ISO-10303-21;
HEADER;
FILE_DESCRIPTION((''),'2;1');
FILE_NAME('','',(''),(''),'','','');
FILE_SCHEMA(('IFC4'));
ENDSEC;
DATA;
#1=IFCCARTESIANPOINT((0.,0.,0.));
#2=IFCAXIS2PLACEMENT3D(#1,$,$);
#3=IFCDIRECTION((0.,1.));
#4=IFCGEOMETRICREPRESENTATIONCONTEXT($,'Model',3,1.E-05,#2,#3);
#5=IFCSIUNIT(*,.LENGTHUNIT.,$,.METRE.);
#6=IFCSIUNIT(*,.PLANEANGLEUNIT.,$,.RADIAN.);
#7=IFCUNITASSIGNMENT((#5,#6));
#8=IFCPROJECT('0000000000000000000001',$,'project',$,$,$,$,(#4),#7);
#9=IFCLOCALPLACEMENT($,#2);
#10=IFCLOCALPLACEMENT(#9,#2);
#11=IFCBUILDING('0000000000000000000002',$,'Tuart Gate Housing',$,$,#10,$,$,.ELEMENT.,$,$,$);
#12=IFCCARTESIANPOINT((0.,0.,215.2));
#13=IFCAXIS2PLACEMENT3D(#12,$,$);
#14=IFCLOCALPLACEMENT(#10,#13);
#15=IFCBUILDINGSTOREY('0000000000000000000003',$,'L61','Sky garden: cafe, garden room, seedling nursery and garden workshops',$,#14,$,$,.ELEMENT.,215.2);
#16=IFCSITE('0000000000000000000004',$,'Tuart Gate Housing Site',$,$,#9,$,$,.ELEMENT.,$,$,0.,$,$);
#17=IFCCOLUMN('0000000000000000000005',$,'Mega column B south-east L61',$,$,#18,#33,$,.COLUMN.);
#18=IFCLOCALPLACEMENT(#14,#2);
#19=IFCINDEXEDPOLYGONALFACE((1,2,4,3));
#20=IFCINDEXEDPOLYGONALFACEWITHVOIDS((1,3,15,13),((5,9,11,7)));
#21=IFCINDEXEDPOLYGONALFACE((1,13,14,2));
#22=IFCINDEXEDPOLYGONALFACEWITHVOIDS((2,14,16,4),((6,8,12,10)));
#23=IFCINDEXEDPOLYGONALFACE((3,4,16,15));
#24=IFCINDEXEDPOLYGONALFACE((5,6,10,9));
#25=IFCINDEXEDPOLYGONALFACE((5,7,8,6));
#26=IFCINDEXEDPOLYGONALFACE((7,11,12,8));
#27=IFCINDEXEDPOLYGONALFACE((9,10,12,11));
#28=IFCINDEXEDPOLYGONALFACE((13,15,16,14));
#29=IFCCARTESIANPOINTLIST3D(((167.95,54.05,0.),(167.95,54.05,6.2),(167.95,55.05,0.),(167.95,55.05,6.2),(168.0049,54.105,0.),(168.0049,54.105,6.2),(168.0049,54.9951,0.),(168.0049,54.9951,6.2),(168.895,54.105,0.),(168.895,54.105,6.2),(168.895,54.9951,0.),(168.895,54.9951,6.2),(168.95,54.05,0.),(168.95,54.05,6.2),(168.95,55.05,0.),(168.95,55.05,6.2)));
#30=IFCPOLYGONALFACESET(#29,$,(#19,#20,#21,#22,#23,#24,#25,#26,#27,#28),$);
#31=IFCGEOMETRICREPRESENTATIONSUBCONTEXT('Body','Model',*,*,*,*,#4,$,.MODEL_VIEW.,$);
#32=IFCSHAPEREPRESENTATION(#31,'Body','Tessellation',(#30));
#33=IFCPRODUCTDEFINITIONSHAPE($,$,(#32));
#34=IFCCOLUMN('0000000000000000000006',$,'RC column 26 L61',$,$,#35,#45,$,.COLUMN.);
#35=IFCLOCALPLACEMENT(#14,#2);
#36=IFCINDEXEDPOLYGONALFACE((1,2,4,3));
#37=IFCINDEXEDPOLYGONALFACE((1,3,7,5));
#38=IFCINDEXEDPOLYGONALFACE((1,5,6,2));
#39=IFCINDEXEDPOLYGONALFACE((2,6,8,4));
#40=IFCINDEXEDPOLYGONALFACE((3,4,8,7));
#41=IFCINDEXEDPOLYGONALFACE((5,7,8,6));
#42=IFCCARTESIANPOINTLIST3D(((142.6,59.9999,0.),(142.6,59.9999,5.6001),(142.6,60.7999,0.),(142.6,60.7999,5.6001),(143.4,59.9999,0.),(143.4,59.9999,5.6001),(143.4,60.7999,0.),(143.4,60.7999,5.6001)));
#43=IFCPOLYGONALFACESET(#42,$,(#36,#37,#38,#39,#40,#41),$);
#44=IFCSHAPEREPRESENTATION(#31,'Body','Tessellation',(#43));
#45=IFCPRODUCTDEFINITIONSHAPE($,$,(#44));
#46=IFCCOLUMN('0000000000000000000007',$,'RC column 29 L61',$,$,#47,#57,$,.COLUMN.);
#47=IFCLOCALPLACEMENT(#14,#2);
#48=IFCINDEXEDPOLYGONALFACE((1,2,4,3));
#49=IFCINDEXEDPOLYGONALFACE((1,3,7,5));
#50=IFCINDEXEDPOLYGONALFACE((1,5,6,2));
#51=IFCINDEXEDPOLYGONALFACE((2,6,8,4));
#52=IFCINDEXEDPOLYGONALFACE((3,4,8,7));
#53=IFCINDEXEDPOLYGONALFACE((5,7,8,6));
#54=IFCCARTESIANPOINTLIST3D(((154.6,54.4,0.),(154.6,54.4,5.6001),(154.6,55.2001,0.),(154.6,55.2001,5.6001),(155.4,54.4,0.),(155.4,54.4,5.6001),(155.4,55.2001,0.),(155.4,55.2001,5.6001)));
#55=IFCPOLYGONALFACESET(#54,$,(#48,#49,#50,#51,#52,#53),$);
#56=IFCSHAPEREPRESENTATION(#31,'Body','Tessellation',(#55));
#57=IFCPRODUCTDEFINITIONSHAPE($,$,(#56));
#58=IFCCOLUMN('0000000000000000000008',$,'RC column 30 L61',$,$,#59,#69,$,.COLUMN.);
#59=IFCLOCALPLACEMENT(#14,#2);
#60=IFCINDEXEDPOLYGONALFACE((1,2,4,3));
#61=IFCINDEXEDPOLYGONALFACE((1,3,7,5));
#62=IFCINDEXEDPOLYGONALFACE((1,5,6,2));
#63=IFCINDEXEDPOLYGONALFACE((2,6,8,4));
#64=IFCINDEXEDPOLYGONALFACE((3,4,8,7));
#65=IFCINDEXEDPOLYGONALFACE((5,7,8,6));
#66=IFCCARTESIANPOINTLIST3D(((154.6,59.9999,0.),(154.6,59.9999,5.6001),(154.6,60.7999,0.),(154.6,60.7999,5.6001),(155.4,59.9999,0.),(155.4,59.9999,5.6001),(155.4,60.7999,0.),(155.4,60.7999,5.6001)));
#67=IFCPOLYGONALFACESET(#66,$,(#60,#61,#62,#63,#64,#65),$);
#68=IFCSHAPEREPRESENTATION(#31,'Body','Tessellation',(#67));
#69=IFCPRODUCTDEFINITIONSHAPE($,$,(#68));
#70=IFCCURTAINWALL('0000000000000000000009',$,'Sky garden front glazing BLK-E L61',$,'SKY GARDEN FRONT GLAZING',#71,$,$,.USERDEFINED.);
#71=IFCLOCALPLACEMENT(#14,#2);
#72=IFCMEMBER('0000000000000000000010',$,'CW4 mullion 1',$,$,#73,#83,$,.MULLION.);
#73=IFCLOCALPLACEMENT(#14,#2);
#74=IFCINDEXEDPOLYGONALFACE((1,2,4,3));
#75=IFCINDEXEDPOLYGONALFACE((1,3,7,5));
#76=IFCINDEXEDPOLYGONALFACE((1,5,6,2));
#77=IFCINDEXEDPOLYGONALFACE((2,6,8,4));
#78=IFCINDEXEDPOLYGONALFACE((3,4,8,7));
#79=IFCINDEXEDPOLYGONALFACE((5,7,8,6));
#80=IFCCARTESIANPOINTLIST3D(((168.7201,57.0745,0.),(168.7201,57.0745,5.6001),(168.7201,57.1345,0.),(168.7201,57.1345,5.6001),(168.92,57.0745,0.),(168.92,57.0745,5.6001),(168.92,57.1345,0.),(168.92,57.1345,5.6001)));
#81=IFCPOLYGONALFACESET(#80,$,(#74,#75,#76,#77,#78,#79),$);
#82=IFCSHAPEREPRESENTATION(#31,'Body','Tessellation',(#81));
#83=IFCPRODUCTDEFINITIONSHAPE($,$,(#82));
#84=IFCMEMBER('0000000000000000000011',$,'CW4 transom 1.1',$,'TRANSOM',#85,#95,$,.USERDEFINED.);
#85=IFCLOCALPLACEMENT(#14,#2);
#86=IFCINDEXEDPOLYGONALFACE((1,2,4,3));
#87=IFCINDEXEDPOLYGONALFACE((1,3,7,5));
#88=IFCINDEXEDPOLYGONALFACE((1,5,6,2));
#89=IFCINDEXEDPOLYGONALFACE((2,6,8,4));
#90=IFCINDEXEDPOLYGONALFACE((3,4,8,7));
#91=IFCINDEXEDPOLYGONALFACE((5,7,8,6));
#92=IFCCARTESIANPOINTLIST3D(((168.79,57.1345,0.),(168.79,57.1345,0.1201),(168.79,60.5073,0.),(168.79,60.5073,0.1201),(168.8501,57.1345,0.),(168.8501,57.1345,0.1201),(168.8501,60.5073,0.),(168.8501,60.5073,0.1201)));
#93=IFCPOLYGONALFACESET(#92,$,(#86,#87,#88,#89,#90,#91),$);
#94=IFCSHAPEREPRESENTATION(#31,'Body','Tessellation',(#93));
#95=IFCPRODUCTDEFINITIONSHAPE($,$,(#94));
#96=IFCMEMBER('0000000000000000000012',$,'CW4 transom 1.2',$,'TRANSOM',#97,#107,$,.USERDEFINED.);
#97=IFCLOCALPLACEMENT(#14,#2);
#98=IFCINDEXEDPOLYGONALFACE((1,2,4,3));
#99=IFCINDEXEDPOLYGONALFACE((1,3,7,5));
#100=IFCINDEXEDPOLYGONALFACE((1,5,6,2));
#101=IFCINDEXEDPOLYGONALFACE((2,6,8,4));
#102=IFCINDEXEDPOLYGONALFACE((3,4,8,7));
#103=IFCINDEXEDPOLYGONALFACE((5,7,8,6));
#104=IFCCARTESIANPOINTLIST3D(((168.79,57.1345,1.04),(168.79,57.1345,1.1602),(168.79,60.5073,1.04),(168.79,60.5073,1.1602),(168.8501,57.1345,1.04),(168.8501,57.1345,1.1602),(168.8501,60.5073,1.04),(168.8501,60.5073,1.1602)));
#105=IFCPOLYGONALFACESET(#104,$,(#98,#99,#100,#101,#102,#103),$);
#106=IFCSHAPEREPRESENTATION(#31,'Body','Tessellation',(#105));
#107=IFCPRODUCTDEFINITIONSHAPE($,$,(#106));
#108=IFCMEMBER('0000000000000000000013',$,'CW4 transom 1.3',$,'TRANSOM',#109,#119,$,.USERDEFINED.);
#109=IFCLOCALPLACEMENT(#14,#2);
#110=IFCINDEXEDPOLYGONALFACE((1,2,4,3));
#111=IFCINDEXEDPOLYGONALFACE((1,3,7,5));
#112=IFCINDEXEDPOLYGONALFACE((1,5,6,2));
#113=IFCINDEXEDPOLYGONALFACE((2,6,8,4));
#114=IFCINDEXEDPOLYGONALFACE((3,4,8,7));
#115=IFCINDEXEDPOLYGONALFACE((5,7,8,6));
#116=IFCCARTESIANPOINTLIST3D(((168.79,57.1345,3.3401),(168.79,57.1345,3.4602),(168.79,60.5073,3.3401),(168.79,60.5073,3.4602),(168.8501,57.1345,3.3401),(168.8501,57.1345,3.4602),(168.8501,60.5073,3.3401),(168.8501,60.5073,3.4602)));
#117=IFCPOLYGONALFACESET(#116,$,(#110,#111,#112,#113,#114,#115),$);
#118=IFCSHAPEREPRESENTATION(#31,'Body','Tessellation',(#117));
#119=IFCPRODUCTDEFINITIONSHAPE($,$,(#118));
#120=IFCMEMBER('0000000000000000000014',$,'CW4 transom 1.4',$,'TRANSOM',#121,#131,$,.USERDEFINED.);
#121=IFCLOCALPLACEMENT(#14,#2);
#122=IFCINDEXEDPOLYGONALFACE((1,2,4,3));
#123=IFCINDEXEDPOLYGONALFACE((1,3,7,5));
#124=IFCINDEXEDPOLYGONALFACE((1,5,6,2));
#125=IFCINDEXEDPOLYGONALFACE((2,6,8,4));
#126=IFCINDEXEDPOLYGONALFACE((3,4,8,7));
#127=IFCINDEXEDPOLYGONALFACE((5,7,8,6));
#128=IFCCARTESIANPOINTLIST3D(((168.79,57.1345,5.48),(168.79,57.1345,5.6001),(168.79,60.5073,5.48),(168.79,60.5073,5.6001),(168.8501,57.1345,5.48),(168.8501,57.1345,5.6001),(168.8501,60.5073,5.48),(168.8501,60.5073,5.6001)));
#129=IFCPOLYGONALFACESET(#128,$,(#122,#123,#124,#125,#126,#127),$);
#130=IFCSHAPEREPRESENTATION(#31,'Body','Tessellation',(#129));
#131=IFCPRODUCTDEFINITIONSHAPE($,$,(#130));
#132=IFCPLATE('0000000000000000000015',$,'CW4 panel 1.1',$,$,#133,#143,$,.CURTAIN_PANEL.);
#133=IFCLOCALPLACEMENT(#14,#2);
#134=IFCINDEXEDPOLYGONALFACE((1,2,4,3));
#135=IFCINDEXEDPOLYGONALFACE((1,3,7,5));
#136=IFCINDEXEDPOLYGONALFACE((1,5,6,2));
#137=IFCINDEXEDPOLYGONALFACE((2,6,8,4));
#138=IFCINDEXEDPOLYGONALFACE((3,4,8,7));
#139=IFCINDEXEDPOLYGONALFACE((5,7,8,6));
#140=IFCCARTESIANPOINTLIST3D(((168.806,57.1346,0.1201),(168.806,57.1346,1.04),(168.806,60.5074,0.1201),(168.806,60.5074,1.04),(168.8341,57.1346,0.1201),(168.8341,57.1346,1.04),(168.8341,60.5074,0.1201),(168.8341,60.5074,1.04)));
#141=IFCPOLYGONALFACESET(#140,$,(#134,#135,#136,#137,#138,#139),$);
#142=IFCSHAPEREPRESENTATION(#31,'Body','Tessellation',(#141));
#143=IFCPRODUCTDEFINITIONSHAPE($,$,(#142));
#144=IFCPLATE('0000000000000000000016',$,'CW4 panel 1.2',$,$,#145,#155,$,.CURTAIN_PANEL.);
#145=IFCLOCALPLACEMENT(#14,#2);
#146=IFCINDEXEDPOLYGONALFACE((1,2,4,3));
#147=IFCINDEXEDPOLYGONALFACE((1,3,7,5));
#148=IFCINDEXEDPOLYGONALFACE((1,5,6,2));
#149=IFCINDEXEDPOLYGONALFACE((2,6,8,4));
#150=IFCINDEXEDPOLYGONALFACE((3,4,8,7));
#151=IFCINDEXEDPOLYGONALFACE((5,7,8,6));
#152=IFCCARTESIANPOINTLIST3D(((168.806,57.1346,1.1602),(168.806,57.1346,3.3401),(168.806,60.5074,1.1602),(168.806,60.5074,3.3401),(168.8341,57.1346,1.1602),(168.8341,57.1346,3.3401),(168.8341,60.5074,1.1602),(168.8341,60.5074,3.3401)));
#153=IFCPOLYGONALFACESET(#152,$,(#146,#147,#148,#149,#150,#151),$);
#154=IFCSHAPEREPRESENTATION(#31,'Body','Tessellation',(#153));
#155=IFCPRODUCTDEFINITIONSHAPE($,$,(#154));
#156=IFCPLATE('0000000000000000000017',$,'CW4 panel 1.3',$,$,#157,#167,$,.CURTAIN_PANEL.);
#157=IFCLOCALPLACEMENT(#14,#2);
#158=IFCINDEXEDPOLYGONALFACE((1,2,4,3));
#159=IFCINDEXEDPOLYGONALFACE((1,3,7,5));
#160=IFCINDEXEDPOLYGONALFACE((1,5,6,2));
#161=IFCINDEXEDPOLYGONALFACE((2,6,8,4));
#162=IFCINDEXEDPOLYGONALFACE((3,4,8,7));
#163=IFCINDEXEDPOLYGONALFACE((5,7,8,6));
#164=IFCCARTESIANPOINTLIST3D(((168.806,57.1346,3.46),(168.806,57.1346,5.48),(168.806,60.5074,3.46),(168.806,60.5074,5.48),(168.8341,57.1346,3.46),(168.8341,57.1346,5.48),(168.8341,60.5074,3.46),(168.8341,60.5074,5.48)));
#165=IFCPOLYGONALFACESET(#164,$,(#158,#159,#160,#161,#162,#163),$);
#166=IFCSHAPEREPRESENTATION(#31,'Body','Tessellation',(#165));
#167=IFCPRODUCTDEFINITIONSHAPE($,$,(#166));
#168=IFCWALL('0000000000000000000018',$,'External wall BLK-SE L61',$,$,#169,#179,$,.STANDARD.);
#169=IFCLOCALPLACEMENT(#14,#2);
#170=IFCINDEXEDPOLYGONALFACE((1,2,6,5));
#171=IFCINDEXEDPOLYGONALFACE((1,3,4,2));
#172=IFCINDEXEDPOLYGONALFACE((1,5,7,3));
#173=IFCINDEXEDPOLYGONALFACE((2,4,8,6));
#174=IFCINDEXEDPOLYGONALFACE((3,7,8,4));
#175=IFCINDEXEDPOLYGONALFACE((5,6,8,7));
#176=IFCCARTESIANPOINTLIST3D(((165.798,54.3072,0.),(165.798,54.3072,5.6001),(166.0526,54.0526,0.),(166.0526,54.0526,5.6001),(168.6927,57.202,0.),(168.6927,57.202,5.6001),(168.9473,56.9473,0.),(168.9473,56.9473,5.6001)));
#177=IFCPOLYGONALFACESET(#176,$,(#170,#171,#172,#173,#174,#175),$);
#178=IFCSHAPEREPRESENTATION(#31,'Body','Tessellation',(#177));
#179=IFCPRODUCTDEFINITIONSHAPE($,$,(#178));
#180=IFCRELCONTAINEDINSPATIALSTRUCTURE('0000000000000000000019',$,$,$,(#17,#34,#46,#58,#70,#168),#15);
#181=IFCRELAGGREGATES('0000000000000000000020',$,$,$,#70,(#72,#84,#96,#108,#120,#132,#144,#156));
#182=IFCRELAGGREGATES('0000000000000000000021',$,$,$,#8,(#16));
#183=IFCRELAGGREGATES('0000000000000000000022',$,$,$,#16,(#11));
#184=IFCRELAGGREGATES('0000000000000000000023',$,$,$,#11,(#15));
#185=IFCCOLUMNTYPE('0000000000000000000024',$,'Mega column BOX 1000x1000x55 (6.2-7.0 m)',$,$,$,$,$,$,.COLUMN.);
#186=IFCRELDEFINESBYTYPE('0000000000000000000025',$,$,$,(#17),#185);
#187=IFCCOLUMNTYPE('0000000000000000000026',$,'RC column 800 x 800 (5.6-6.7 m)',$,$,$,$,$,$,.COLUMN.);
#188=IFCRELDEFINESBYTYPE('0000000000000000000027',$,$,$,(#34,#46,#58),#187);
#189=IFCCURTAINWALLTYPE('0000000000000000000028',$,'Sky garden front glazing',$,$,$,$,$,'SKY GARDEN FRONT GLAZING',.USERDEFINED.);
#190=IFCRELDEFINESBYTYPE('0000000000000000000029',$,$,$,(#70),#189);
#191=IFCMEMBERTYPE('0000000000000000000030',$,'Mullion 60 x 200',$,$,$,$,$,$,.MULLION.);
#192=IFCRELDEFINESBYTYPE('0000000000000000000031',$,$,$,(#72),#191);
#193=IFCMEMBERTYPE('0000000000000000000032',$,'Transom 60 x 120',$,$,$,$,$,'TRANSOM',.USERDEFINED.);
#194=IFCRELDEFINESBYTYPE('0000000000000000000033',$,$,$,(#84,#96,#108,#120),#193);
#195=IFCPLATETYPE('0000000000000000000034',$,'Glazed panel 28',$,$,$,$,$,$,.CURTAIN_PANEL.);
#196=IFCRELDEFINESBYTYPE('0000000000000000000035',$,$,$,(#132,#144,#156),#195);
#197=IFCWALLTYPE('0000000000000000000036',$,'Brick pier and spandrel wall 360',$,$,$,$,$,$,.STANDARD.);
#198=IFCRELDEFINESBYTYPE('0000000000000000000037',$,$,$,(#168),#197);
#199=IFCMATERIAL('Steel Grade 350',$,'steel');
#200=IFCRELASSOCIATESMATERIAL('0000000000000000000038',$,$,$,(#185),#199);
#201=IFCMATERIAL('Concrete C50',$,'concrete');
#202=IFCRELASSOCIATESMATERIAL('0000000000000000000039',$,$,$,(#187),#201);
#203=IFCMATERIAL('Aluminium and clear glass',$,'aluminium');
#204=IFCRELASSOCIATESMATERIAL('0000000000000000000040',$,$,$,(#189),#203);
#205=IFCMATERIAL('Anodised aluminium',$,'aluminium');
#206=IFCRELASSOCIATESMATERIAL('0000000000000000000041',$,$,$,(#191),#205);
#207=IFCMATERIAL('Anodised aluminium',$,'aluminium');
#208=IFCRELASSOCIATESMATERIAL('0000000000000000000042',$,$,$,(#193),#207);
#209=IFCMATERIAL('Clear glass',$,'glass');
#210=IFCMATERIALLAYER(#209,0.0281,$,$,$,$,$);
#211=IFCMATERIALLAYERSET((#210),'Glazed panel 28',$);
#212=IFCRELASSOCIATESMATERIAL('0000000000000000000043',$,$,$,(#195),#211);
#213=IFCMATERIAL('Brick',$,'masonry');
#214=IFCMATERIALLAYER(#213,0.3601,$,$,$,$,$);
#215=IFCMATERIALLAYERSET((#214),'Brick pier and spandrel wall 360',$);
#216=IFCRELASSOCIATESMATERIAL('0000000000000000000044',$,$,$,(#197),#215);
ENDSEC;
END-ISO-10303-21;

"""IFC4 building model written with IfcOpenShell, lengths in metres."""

from ifc_helpers import new_model, si_unit, direction, frame, frame_2d, origin, origin_2d, place, context, subcontext, project, spatial, rectangle, hollow_rectangle, extrude, material, layer, layer_set, material_profile, profile_set, type_object, element, aggregate, save


model = new_model("IFC4")

# Units and contexts
model_context = context("Model", 3, precision=1e-05, world=origin(), true_north=direction((0.0, 1.0)))
body_context = subcontext(model_context, "Body", "Model", "MODEL_VIEW")
ifc_project = project(units=[si_unit("LENGTHUNIT", "METRE"), si_unit("PLANEANGLEUNIT", "RADIAN")], contexts=[model_context])

# Site, building, storey
site_placement = place(None, origin())
site = spatial("IfcSite", under=ifc_project, at=site_placement, Name="Tuart Gate Housing Site", CompositionType="ELEMENT", RefElevation=0.0)
building_placement = place(site_placement, origin())
building = spatial("IfcBuilding", under=site, at=building_placement, Name="Tuart Gate Housing", CompositionType="ELEMENT")
storey_placement = place(building_placement, frame((0.0, 0.0, 215.2)))
storey = spatial("IfcBuildingStorey", under=building, at=storey_placement, Name="L61", Description="Sky garden: cafe, garden room, seedling nursery and garden workshops", CompositionType="ELEMENT", Elevation=215.2)

# Columns
ifc_material_1 = material(Name="Steel Grade 350", Category="steel")
ifc_material_profile_1 = material_profile(ifc_material_1, hollow_rectangle(XDim=1.0, YDim=1.0, WallThickness=0.0549, at=origin_2d()), Name="BOX 1000x1000x55")
ifc_profile_set_1 = profile_set([ifc_material_profile_1], Name="Steel Grade 350")
column_type_1 = type_object("IfcColumnType", Name="Mega column BOX 1000x1000x55 (6.2-7.0 m)", PredefinedType="COLUMN", material=ifc_profile_set_1)
column_placement = place(storey_placement, frame((168.45, 54.55, 0.0), z_axis=(0.0, 0.0, 1.0), x_axis=(1.0, 0.0, 0.0)))
element("IfcColumn", 1, at=column_placement, inside=storey, type_object=column_type_1, Name="Mega column B south-east L61", PredefinedType="COLUMN", context=body_context, shape_type="SweptSolid", body=[
    extrude(hollow_rectangle(XDim=1.0, YDim=1.0, WallThickness=0.0549, at=origin_2d()), origin(), (0.0, 0.0, 1.0), 6.2),
])
ifc_material_2 = material(Name="Concrete C50", Category="concrete")
ifc_material_profile_2 = material_profile(ifc_material_2, rectangle(XDim=0.8, YDim=0.8, at=origin_2d()), Name="RC column 800 x 800 (5.6-6.7 m)")
ifc_profile_set_2 = profile_set([ifc_material_profile_2], Name="Concrete C50")
column_type_2 = type_object("IfcColumnType", Name="RC column 800 x 800 (5.6-6.7 m)", PredefinedType="COLUMN", material=ifc_profile_set_2)
for number, where, z_axis, x_axis, name in (
    (2, (143.0, 60.3999, 0.0), (0.0, 0.0, 1.0), (1.0, 0.0, 0.0), "RC column 26 L61"),
    (3, (155.0, 54.8, 0.0), (0.0, 0.0, 1.0), (1.0, 0.0, 0.0), "RC column 29 L61"),
    (4, (155.0, 60.3999, 0.0), (0.0, 0.0, 1.0), (1.0, 0.0, 0.0), "RC column 30 L61"),
):
    element("IfcColumn", number, at=place(storey_placement, frame(where, z_axis=z_axis, x_axis=x_axis)), inside=storey, type_object=column_type_2, Name=name, PredefinedType="COLUMN", context=body_context, shape_type="SweptSolid", body=[
        extrude(rectangle(XDim=0.8, YDim=0.8, at=origin_2d()), origin(), (0.0, 0.0, 1.0), 5.6001),
    ])

# Curtain wall, members, plates
ifc_material_3 = material(Name="Aluminium and clear glass", Category="aluminium")
curtain_wall_type = type_object("IfcCurtainWallType", Name="Sky garden front glazing", ElementType="SKY GARDEN FRONT GLAZING", PredefinedType="USERDEFINED", material=ifc_material_3)
curtain_wall_placement = place(storey_placement, origin())
curtain_wall = element("IfcCurtainWall", 5, at=curtain_wall_placement, inside=storey, type_object=curtain_wall_type, Name="Sky garden front glazing BLK-E L61", ObjectType="SKY GARDEN FRONT GLAZING", PredefinedType="USERDEFINED")
ifc_material_4 = material(Name="Anodised aluminium", Category="aluminium")
ifc_material_profile_3 = material_profile(ifc_material_4, rectangle(XDim=0.0601, YDim=0.2, at=origin_2d()), Name="60x200")
ifc_profile_set_3 = profile_set([ifc_material_profile_3], Name="Anodised aluminium")
member_type_1 = type_object("IfcMemberType", Name="Mullion 60 x 200", PredefinedType="MULLION", material=ifc_profile_set_3)
member_1_placement = place(storey_placement, frame((168.8201, 57.1045, 0.0), z_axis=(0.0, 0.0, 1.0), x_axis=(0.0, 1.0, 0.0)))
member_1 = element("IfcMember", 6, at=member_1_placement, type_object=member_type_1, Name="CW4 mullion 1", PredefinedType="MULLION", context=body_context, shape_type="SweptSolid", body=[
    extrude(rectangle(XDim=0.0601, YDim=0.2, at=origin_2d()), origin(), (0.0, 0.0, 1.0), 5.6001),
])
ifc_material_5 = material(Name="Anodised aluminium", Category="aluminium")
ifc_material_profile_4 = material_profile(ifc_material_5, rectangle(XDim=0.0601, YDim=0.1201, at=origin_2d()), Name="60x120")
ifc_profile_set_4 = profile_set([ifc_material_profile_4], Name="Anodised aluminium")
member_type_2 = type_object("IfcMemberType", Name="Transom 60 x 120", ElementType="TRANSOM", PredefinedType="USERDEFINED", material=ifc_profile_set_4)
member_2_placement = place(storey_placement, frame((168.8201, 57.1345, 0.0601), z_axis=(0.0, 1.0, 0.0), x_axis=(-1.0, 0.0, 0.0)))
member_2 = element("IfcMember", 7, at=member_2_placement, type_object=member_type_2, Name="CW4 transom 1.1", ObjectType="TRANSOM", PredefinedType="USERDEFINED", context=body_context, shape_type="SweptSolid", body=[
    extrude(rectangle(XDim=0.0601, YDim=0.1201, at=origin_2d()), origin(), (0.0, 0.0, 1.0), 3.3728),
])
member_3_placement = place(storey_placement, frame((168.8201, 57.1345, 1.1001), z_axis=(0.0, 1.0, 0.0), x_axis=(-1.0, 0.0, 0.0)))
member_3 = element("IfcMember", 8, at=member_3_placement, type_object=member_type_2, Name="CW4 transom 1.2", ObjectType="TRANSOM", PredefinedType="USERDEFINED", context=body_context, shape_type="SweptSolid", body=[
    extrude(rectangle(XDim=0.0601, YDim=0.1201, at=origin_2d()), origin(), (0.0, 0.0, 1.0), 3.3728),
])
member_4_placement = place(storey_placement, frame((168.8201, 57.1345, 3.4001), z_axis=(0.0, 1.0, 0.0), x_axis=(-1.0, 0.0, 0.0)))
member_4 = element("IfcMember", 9, at=member_4_placement, type_object=member_type_2, Name="CW4 transom 1.3", ObjectType="TRANSOM", PredefinedType="USERDEFINED", context=body_context, shape_type="SweptSolid", body=[
    extrude(rectangle(XDim=0.0601, YDim=0.1201, at=origin_2d()), origin(), (0.0, 0.0, 1.0), 3.3728),
])
member_5_placement = place(storey_placement, frame((168.8201, 57.1345, 5.54), z_axis=(0.0, 1.0, 0.0), x_axis=(-1.0, 0.0, 0.0)))
member_5 = element("IfcMember", 10, at=member_5_placement, type_object=member_type_2, Name="CW4 transom 1.4", ObjectType="TRANSOM", PredefinedType="USERDEFINED", context=body_context, shape_type="SweptSolid", body=[
    extrude(rectangle(XDim=0.0601, YDim=0.1201, at=origin_2d()), origin(), (0.0, 0.0, 1.0), 3.3728),
])
ifc_material_6 = material(Name="Clear glass", Category="glass")
ifc_layer_1 = layer(ifc_material_6, 0.0281)
ifc_layer_set_1 = layer_set([ifc_layer_1], Name="Glazed panel 28")
plate_type = type_object("IfcPlateType", Name="Glazed panel 28", PredefinedType="CURTAIN_PANEL", material=ifc_layer_set_1)
plate_1_placement = place(storey_placement, frame((168.8201, 58.821, 0.1201), z_axis=(0.0, 0.0, 1.0), x_axis=(0.0, 1.0, 0.0)))
plate_1 = element("IfcPlate", 11, at=plate_1_placement, type_object=plate_type, Name="CW4 panel 1.1", PredefinedType="CURTAIN_PANEL", context=body_context, shape_type="SweptSolid", body=[
    extrude(rectangle(XDim=3.3728, YDim=0.0281, at=origin_2d()), origin(), (0.0, 0.0, 1.0), 0.9199),
])
plate_2_placement = place(storey_placement, frame((168.8201, 58.821, 1.1602), z_axis=(0.0, 0.0, 1.0), x_axis=(0.0, 1.0, 0.0)))
plate_2 = element("IfcPlate", 12, at=plate_2_placement, type_object=plate_type, Name="CW4 panel 1.2", PredefinedType="CURTAIN_PANEL", context=body_context, shape_type="SweptSolid", body=[
    extrude(rectangle(XDim=3.3728, YDim=0.0281, at=origin_2d()), origin(), (0.0, 0.0, 1.0), 2.1799),
])
plate_3_placement = place(storey_placement, frame((168.8201, 58.821, 3.46), z_axis=(0.0, 0.0, 1.0), x_axis=(0.0, 1.0, 0.0)))
plate_3 = element("IfcPlate", 13, at=plate_3_placement, type_object=plate_type, Name="CW4 panel 1.3", PredefinedType="CURTAIN_PANEL", context=body_context, shape_type="SweptSolid", body=[
    extrude(rectangle(XDim=3.3728, YDim=0.0281, at=origin_2d()), origin(), (0.0, 0.0, 1.0), 2.02),
])
aggregate(curtain_wall, [member_1, member_2, member_3, member_4, member_5, plate_1, plate_2, plate_3])

# Wall
ifc_material_7 = material(Name="Brick", Category="masonry")
ifc_layer_2 = layer(ifc_material_7, 0.3601)
ifc_layer_set_2 = layer_set([ifc_layer_2], Name="Brick pier and spandrel wall 360")
wall_type_1 = type_object("IfcWallType", Name="Brick pier and spandrel wall 360", PredefinedType="STANDARD", material=ifc_layer_set_2)
wall_1_placement = place(storey_placement, frame((165.9253, 54.1799, 0.0), z_axis=(0.0, 0.0, 1.0), x_axis=(0.707107, 0.707107, 0.0)))
element("IfcWall", 14, at=wall_1_placement, inside=storey, type_object=wall_type_1, Name="External wall BLK-SE L61", PredefinedType="STANDARD", context=body_context, shape_type="SweptSolid", body=[
    extrude(rectangle(XDim=4.0938, YDim=0.3601, at=frame_2d((2.0469, 0.0))), origin(), (0.0, 0.0, 1.0), 5.6001),
])

save(model, "model.ifc")
